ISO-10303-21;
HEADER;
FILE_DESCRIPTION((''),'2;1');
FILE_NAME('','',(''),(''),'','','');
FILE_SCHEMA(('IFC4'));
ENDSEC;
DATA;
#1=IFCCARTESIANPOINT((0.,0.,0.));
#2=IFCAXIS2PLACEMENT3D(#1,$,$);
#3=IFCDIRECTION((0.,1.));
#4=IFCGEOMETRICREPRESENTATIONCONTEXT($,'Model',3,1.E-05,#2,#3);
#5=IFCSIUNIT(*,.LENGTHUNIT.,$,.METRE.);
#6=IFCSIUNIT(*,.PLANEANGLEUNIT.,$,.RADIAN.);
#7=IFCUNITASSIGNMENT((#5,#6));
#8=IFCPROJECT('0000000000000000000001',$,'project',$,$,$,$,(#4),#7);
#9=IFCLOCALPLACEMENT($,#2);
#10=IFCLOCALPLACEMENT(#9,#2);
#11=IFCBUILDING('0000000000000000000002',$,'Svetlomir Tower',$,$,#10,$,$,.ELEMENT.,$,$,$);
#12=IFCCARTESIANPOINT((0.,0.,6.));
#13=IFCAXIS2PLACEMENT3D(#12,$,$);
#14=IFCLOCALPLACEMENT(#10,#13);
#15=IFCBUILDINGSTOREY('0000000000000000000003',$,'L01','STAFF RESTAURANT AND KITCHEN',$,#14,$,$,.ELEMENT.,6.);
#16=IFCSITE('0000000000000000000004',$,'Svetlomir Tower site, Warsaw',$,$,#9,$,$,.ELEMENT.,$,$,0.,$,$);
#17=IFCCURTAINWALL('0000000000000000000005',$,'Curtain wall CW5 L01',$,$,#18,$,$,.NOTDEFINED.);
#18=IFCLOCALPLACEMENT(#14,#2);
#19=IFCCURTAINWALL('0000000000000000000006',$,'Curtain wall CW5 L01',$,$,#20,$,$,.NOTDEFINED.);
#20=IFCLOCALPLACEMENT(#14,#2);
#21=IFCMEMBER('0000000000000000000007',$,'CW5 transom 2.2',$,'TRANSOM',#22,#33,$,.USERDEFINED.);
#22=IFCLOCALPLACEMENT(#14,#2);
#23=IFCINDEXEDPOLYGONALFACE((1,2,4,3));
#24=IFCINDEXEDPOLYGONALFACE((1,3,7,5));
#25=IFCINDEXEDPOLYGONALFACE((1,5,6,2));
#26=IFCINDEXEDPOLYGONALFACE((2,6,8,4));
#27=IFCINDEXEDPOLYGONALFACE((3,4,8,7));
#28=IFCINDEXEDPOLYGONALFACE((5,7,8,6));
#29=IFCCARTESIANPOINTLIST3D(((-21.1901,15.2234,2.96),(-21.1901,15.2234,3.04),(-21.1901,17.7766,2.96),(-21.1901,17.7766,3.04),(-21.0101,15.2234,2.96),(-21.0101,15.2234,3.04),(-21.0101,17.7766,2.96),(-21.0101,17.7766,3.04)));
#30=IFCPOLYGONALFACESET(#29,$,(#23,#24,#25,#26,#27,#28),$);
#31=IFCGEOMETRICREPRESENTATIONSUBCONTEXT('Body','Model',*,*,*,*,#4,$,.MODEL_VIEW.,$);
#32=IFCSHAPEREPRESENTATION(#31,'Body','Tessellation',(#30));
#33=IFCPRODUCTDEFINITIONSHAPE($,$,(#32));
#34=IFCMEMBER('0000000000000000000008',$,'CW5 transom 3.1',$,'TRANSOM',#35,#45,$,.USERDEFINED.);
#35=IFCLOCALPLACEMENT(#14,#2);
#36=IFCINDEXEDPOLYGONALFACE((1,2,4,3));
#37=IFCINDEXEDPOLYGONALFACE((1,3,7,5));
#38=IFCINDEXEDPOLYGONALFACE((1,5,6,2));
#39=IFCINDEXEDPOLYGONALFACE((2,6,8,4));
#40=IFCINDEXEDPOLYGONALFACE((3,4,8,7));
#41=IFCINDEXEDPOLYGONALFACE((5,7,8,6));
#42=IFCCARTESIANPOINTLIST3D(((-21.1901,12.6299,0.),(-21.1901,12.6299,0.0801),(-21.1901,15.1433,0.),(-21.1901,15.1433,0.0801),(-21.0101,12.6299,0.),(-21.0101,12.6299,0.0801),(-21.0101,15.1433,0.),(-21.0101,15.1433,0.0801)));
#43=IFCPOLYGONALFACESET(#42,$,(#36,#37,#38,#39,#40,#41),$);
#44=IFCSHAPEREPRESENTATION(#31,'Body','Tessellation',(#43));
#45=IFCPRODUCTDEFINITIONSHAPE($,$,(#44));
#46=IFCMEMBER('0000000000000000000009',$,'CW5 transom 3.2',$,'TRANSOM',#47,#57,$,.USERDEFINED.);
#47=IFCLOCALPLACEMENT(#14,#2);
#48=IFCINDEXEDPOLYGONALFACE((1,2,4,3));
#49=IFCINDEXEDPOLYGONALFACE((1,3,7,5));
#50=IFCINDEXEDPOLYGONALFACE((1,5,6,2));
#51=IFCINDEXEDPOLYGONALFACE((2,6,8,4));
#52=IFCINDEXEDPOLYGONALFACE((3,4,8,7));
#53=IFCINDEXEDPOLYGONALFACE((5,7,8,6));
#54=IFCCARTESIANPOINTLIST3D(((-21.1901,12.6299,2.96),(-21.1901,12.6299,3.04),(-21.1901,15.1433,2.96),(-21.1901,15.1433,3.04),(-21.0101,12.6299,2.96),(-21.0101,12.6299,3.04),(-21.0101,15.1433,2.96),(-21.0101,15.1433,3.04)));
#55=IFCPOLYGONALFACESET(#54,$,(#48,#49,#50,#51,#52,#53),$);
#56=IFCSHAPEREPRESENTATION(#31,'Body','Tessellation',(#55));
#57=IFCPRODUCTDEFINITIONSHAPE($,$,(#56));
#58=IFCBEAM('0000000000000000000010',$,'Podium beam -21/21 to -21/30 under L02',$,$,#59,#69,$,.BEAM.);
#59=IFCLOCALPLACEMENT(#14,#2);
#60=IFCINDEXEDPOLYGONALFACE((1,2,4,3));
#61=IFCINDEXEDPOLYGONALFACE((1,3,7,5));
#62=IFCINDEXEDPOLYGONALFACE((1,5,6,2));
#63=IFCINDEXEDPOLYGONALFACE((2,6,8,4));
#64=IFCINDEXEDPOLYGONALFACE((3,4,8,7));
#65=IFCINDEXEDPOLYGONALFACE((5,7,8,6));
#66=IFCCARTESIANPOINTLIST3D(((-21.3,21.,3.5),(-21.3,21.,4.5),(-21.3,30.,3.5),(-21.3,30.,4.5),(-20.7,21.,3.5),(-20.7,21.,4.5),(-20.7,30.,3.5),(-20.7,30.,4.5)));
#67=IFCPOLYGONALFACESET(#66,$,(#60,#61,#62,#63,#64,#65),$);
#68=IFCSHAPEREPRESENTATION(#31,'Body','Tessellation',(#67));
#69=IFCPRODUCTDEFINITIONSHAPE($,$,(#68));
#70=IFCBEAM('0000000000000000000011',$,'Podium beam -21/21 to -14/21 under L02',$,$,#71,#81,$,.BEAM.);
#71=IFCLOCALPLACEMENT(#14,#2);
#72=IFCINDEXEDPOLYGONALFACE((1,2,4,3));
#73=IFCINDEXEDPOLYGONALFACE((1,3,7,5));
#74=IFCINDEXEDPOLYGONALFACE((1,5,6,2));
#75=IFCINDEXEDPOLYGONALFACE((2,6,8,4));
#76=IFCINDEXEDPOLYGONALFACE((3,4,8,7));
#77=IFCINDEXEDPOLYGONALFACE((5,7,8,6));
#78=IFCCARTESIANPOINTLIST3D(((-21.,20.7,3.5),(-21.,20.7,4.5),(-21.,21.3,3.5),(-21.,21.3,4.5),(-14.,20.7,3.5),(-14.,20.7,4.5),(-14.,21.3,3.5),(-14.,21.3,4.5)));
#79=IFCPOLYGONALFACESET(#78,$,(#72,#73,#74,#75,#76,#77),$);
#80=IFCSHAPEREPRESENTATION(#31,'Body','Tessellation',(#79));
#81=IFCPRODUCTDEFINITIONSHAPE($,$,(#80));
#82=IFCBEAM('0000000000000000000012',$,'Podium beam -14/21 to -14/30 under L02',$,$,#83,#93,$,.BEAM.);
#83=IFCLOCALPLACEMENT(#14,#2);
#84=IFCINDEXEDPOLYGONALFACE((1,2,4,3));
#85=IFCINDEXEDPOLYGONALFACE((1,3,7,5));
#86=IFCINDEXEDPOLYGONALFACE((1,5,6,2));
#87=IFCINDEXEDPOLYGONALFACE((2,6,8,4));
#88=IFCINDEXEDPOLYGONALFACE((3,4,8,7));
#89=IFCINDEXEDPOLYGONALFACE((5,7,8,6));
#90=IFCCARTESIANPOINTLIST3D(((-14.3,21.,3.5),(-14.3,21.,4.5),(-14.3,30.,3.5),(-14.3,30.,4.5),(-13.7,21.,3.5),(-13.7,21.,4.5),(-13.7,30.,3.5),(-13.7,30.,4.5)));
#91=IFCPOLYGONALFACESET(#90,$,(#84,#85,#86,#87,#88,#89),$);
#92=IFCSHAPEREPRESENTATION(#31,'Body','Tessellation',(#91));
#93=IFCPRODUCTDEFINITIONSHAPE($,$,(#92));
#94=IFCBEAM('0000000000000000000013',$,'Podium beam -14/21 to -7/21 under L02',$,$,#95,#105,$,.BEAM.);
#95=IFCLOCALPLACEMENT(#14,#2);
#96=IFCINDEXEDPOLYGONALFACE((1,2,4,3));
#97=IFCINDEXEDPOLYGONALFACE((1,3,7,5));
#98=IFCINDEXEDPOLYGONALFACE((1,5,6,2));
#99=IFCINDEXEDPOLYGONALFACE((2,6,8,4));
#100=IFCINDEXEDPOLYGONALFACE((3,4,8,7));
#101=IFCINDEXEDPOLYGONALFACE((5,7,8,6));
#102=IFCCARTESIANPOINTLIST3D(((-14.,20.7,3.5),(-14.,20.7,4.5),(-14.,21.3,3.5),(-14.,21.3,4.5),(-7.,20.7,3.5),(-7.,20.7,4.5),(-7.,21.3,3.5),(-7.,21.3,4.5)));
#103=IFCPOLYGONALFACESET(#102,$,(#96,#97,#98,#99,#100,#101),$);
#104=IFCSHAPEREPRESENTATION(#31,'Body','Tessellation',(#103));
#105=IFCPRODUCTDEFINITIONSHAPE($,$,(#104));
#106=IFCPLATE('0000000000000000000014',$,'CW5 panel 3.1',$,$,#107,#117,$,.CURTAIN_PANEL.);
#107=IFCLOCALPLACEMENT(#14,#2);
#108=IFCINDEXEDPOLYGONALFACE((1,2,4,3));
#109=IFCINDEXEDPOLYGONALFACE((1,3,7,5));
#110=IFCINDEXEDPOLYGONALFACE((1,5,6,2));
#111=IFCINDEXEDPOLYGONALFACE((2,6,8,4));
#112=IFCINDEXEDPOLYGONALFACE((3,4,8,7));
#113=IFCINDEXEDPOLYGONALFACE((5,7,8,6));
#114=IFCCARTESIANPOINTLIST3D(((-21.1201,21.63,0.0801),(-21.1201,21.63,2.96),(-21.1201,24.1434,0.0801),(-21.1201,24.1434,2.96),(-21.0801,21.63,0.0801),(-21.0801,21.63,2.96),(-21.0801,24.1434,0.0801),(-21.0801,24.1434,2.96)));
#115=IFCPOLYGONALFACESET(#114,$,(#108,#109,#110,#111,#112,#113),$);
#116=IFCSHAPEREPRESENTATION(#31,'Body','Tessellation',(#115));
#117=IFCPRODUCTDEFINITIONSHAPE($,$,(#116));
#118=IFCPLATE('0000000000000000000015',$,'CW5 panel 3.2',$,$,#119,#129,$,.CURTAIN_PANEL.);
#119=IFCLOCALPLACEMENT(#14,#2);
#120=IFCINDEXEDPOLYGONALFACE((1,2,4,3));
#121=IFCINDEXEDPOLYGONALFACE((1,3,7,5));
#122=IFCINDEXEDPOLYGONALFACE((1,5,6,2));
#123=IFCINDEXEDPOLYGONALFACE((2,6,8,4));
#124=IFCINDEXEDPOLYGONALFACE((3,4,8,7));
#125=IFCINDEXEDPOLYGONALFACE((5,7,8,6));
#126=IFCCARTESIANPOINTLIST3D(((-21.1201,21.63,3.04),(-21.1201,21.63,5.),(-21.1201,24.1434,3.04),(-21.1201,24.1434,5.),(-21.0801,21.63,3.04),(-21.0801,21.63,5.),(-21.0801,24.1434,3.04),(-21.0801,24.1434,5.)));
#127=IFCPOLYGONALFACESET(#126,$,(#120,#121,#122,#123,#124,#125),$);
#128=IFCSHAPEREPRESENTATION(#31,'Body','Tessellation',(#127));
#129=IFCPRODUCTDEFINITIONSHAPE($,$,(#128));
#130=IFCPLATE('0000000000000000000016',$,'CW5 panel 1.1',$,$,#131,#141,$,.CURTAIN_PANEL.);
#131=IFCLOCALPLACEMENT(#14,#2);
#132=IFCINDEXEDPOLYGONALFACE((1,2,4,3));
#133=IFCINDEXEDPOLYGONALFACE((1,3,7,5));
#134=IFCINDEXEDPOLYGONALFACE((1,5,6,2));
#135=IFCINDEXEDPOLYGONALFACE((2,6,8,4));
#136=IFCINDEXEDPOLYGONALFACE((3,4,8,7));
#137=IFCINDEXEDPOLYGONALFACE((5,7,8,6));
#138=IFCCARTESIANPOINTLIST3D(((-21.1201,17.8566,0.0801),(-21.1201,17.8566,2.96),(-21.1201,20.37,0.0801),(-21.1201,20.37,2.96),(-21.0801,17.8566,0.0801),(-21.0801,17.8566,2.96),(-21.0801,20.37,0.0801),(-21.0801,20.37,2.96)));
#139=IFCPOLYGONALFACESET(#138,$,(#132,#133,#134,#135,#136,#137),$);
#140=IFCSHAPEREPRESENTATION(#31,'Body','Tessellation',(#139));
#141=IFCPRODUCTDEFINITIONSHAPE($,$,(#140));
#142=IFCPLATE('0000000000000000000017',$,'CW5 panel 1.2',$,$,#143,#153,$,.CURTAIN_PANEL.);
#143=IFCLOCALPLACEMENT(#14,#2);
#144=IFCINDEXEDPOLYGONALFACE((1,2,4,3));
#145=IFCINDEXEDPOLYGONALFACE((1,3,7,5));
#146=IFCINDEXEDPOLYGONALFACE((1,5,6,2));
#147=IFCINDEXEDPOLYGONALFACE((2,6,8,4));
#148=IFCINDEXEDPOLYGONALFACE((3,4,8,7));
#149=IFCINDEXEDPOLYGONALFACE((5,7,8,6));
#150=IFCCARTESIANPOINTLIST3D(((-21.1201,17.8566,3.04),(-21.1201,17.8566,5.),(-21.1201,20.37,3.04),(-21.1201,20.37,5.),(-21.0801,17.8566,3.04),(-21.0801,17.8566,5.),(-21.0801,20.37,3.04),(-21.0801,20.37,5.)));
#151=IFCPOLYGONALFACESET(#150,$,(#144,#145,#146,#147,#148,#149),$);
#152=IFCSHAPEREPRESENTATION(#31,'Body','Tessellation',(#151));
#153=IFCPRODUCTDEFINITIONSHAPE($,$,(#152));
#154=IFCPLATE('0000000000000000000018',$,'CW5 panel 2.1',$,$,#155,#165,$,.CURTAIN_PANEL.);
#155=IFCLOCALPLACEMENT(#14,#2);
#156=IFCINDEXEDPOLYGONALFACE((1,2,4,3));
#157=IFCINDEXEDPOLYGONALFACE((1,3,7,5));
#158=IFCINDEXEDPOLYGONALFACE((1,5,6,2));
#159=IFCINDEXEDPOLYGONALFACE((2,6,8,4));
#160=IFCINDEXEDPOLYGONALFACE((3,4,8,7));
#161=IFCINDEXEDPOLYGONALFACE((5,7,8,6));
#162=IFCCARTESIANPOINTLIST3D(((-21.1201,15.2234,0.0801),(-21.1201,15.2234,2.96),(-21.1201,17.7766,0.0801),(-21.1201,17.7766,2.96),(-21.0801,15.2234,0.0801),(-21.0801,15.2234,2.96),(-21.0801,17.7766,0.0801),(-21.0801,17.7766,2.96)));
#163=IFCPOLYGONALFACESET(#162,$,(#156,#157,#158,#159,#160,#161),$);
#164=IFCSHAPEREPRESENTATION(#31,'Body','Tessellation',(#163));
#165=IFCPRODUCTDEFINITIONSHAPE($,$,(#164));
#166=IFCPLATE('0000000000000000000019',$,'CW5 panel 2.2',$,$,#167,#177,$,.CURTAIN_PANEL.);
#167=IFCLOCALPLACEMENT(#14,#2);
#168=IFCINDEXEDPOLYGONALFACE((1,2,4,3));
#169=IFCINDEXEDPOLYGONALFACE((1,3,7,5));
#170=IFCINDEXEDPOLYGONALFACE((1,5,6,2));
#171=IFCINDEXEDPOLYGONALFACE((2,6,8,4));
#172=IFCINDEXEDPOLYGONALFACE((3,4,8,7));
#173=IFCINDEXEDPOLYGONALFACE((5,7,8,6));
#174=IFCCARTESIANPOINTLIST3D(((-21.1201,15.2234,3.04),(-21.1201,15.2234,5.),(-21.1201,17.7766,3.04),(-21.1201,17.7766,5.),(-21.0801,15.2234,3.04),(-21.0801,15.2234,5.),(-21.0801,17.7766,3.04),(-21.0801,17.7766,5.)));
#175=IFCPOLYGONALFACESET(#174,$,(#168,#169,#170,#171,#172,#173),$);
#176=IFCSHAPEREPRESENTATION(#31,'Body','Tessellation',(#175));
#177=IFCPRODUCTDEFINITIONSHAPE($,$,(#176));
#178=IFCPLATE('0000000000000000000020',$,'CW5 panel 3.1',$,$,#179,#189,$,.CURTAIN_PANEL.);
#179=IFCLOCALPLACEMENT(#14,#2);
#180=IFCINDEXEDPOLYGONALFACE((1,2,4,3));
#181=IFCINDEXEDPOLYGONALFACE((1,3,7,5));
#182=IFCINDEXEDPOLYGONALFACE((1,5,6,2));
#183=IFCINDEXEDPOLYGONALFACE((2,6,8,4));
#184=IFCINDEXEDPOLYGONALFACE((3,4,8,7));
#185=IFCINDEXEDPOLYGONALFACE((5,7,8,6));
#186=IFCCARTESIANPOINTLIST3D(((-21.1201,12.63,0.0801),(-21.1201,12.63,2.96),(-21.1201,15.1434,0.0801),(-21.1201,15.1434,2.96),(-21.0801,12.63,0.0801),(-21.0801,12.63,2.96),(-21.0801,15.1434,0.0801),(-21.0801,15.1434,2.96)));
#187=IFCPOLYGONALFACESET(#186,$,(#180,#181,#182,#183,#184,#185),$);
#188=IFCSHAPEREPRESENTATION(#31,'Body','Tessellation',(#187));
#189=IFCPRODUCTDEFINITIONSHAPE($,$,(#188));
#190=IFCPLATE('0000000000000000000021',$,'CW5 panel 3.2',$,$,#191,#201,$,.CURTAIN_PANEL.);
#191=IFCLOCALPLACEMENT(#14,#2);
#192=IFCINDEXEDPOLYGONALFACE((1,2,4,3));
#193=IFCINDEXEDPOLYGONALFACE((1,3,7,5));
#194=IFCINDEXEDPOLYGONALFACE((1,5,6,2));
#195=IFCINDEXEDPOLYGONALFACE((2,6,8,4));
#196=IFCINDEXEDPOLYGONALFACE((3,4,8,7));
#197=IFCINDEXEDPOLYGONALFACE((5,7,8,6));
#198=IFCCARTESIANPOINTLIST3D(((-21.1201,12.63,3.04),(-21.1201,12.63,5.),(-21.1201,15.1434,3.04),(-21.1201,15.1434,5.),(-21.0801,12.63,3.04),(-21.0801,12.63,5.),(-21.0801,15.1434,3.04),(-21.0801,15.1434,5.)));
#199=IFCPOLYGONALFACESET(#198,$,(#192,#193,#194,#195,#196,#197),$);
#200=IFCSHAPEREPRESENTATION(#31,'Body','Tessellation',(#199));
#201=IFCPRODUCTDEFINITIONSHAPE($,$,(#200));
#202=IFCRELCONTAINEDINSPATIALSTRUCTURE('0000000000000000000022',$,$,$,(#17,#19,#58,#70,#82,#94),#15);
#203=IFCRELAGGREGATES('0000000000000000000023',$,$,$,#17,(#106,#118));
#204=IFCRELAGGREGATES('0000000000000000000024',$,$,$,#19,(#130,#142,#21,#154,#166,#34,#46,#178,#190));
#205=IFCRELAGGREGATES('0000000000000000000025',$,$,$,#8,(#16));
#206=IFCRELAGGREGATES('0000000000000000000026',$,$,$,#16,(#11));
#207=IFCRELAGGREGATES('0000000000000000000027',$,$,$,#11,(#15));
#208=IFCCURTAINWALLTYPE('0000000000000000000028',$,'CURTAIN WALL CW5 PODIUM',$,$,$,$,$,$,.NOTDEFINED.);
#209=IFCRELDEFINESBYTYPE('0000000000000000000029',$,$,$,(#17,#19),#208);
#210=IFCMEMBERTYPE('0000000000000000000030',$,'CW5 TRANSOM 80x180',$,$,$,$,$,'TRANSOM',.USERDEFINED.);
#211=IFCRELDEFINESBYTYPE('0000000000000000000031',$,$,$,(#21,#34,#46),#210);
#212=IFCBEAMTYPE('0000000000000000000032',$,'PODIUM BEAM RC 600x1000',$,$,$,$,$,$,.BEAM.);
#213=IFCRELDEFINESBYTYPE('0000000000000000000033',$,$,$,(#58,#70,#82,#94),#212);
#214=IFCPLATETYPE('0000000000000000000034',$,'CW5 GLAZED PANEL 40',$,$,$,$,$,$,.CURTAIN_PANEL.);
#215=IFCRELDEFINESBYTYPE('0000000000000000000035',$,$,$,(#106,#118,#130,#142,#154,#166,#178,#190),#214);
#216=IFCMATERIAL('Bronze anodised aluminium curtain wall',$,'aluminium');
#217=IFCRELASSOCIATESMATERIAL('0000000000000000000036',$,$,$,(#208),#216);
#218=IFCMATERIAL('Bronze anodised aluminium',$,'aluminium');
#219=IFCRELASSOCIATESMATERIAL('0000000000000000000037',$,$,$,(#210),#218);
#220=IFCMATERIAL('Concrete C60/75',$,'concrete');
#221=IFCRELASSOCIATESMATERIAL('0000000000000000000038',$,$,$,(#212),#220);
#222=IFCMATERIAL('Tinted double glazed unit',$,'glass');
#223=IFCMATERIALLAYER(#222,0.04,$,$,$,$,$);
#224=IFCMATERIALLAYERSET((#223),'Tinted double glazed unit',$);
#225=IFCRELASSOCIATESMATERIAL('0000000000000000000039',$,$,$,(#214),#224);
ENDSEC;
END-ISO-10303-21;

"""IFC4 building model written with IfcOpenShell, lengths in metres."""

from ifc_helpers import new_model, si_unit, direction, frame, origin, origin_2d, place, context, subcontext, project, spatial, rectangle, extrude, material, layer, layer_set, material_profile, profile_set, type_object, element, aggregate, save


model = new_model("IFC4")

# Units and contexts
model_context = context("Model", 3, precision=1e-05, world=origin(), true_north=direction((0.0, 1.0)))
body_context = subcontext(model_context, "Body", "Model", "MODEL_VIEW")
ifc_project = project(units=[si_unit("LENGTHUNIT", "METRE"), si_unit("PLANEANGLEUNIT", "RADIAN")], contexts=[model_context])

# Site, building, storey
site_placement = place(None, origin())
site = spatial("IfcSite", under=ifc_project, at=site_placement, Name="Svetlomir Tower site, Warsaw", CompositionType="ELEMENT", RefElevation=0.0)
building_placement = place(site_placement, origin())
building = spatial("IfcBuilding", under=site, at=building_placement, Name="Svetlomir Tower", CompositionType="ELEMENT")
storey_placement = place(building_placement, frame((0.0, 0.0, 6.0)))
storey = spatial("IfcBuildingStorey", under=building, at=storey_placement, Name="L01", Description="STAFF RESTAURANT AND KITCHEN", CompositionType="ELEMENT", Elevation=6.0)

# Curtain wall
ifc_material_1 = material(Name="Bronze anodised aluminium curtain wall", Category="aluminium")
curtain_wall_type = type_object("IfcCurtainWallType", Name="CURTAIN WALL CW5 PODIUM", PredefinedType="NOTDEFINED", material=ifc_material_1)
curtain_wall_1_placement = place(storey_placement, origin())
curtain_wall_1 = element("IfcCurtainWall", 1, at=curtain_wall_1_placement, inside=storey, type_object=curtain_wall_type, Name="Curtain wall CW5 L01", PredefinedType="NOTDEFINED")

# Curtain wall, members
curtain_wall_2_placement = place(storey_placement, origin())
curtain_wall_2 = element("IfcCurtainWall", 2, at=curtain_wall_2_placement, inside=storey, type_object=curtain_wall_type, Name="Curtain wall CW5 L01", PredefinedType="NOTDEFINED")
ifc_material_2 = material(Name="Bronze anodised aluminium", Category="aluminium")
ifc_material_profile_1 = material_profile(ifc_material_2, rectangle(XDim=0.1799, YDim=0.0801, at=origin_2d()), Name="AL 180x80")
ifc_profile_set_1 = profile_set([ifc_material_profile_1], Name="Bronze anodised aluminium 6063-T6")
member_type_1 = type_object("IfcMemberType", Name="CW5 TRANSOM 80x180", ElementType="TRANSOM", PredefinedType="USERDEFINED", material=ifc_profile_set_1)
member_1_placement = place(storey_placement, frame((-21.1001, 17.7766, 3.0), z_axis=(0.0, -1.0, 0.0), x_axis=(1.0, 0.0, 0.0)))
member_1 = element("IfcMember", 3, at=member_1_placement, type_object=member_type_1, Name="CW5 transom 2.2", ObjectType="TRANSOM", PredefinedType="USERDEFINED", context=body_context, shape_type="SweptSolid", body=[
    extrude(rectangle(XDim=0.1799, YDim=0.0801, at=origin_2d()), origin(), (0.0, 0.0, 1.0), 2.5532),
])
member_2_placement = place(storey_placement, frame((-21.1001, 15.1433, 0.04), z_axis=(0.0, -1.0, 0.0), x_axis=(1.0, 0.0, 0.0)))
member_2 = element("IfcMember", 4, at=member_2_placement, type_object=member_type_1, Name="CW5 transom 3.1", ObjectType="TRANSOM", PredefinedType="USERDEFINED", context=body_context, shape_type="SweptSolid", body=[
    extrude(rectangle(XDim=0.1799, YDim=0.0801, at=origin_2d()), origin(), (0.0, 0.0, 1.0), 2.5134),
])
member_3_placement = place(storey_placement, frame((-21.1001, 15.1433, 3.0), z_axis=(0.0, -1.0, 0.0), x_axis=(1.0, 0.0, 0.0)))
member_3 = element("IfcMember", 5, at=member_3_placement, type_object=member_type_1, Name="CW5 transom 3.2", ObjectType="TRANSOM", PredefinedType="USERDEFINED", context=body_context, shape_type="SweptSolid", body=[
    extrude(rectangle(XDim=0.1799, YDim=0.0801, at=origin_2d()), origin(), (0.0, 0.0, 1.0), 2.5134),
])

# Beams
ifc_material_3 = material(Name="Concrete C60/75", Category="concrete")
ifc_material_profile_2 = material_profile(ifc_material_3, rectangle(XDim=0.6001, YDim=1.0, at=origin_2d()), Name="RC 600x1000")
ifc_profile_set_2 = profile_set([ifc_material_profile_2], Name="Concrete C60/75")
beam_type = type_object("IfcBeamType", Name="PODIUM BEAM RC 600x1000", PredefinedType="BEAM", material=ifc_profile_set_2)
beam_1_placement = place(storey_placement, frame((-21.0, 21.0, 4.0), z_axis=(0.0, 1.0, 0.0), x_axis=(-1.0, 0.0, 0.0)))
element("IfcBeam", 6, at=beam_1_placement, inside=storey, type_object=beam_type, Name="Podium beam -21/21 to -21/30 under L02", PredefinedType="BEAM", context=body_context, shape_type="SweptSolid", body=[
    extrude(rectangle(XDim=0.6001, YDim=1.0, at=origin_2d()), origin(), (0.0, 0.0, 1.0), 9.0),
])
beam_2_placement = place(storey_placement, frame((-21.0, 21.0, 4.0), z_axis=(1.0, 0.0, 0.0), x_axis=(0.0, 1.0, 0.0)))
element("IfcBeam", 7, at=beam_2_placement, inside=storey, type_object=beam_type, Name="Podium beam -21/21 to -14/21 under L02", PredefinedType="BEAM", context=body_context, shape_type="SweptSolid", body=[
    extrude(rectangle(XDim=0.6001, YDim=1.0, at=origin_2d()), origin(), (0.0, 0.0, 1.0), 7.0),
])
beam_3_placement = place(storey_placement, frame((-14.0, 21.0, 4.0), z_axis=(0.0, 1.0, 0.0), x_axis=(-1.0, 0.0, 0.0)))
element("IfcBeam", 8, at=beam_3_placement, inside=storey, type_object=beam_type, Name="Podium beam -14/21 to -14/30 under L02", PredefinedType="BEAM", context=body_context, shape_type="SweptSolid", body=[
    extrude(rectangle(XDim=0.6001, YDim=1.0, at=origin_2d()), origin(), (0.0, 0.0, 1.0), 9.0),
])
beam_4_placement = place(storey_placement, frame((-14.0, 21.0, 4.0), z_axis=(1.0, 0.0, 0.0), x_axis=(0.0, 1.0, 0.0)))
element("IfcBeam", 9, at=beam_4_placement, inside=storey, type_object=beam_type, Name="Podium beam -14/21 to -7/21 under L02", PredefinedType="BEAM", context=body_context, shape_type="SweptSolid", body=[
    extrude(rectangle(XDim=0.6001, YDim=1.0, at=origin_2d()), origin(), (0.0, 0.0, 1.0), 7.0),
])

# Plates
ifc_material_4 = material(Name="Tinted double glazed unit", Category="glass")
ifc_layer = layer(ifc_material_4, 0.04)
ifc_layer_set = layer_set([ifc_layer], Name="Tinted double glazed unit")
plate_type = type_object("IfcPlateType", Name="CW5 GLAZED PANEL 40", PredefinedType="CURTAIN_PANEL", material=ifc_layer_set)
plate_1_placement = place(storey_placement, frame((-21.1001, 22.8867, 0.0801), z_axis=(0.0, 0.0, 1.0), x_axis=(0.0, -1.0, 0.0)))
plate_1 = element("IfcPlate", 10, at=plate_1_placement, type_object=plate_type, Name="CW5 panel 3.1", PredefinedType="CURTAIN_PANEL", context=body_context, shape_type="SweptSolid", body=[
    extrude(rectangle(XDim=2.5134, YDim=0.04, at=origin_2d()), origin(), (0.0, 0.0, 1.0), 2.8799),
])
plate_2_placement = place(storey_placement, frame((-21.1001, 22.8867, 3.04), z_axis=(0.0, 0.0, 1.0), x_axis=(0.0, -1.0, 0.0)))
plate_2 = element("IfcPlate", 11, at=plate_2_placement, type_object=plate_type, Name="CW5 panel 3.2", PredefinedType="CURTAIN_PANEL", context=body_context, shape_type="SweptSolid", body=[
    extrude(rectangle(XDim=2.5134, YDim=0.04, at=origin_2d()), origin(), (0.0, 0.0, 1.0), 1.96),
])
aggregate(curtain_wall_1, [plate_1, plate_2])
plate_3_placement = place(storey_placement, frame((-21.1001, 19.1133, 0.0801), z_axis=(0.0, 0.0, 1.0), x_axis=(0.0, -1.0, 0.0)))
plate_3 = element("IfcPlate", 12, at=plate_3_placement, type_object=plate_type, Name="CW5 panel 1.1", PredefinedType="CURTAIN_PANEL", context=body_context, shape_type="SweptSolid", body=[
    extrude(rectangle(XDim=2.5134, YDim=0.04, at=origin_2d()), origin(), (0.0, 0.0, 1.0), 2.8799),
])
plate_4_placement = place(storey_placement, frame((-21.1001, 19.1133, 3.04), z_axis=(0.0, 0.0, 1.0), x_axis=(0.0, -1.0, 0.0)))
plate_4 = element("IfcPlate", 13, at=plate_4_placement, type_object=plate_type, Name="CW5 panel 1.2", PredefinedType="CURTAIN_PANEL", context=body_context, shape_type="SweptSolid", body=[
    extrude(rectangle(XDim=2.5134, YDim=0.04, at=origin_2d()), origin(), (0.0, 0.0, 1.0), 1.96),
])
plate_5_placement = place(storey_placement, frame((-21.1001, 16.5, 0.0801), z_axis=(0.0, 0.0, 1.0), x_axis=(0.0, -1.0, 0.0)))
plate_5 = element("IfcPlate", 14, at=plate_5_placement, type_object=plate_type, Name="CW5 panel 2.1", PredefinedType="CURTAIN_PANEL", context=body_context, shape_type="SweptSolid", body=[
    extrude(rectangle(XDim=2.5532, YDim=0.04, at=origin_2d()), origin(), (0.0, 0.0, 1.0), 2.8799),
])
plate_6_placement = place(storey_placement, frame((-21.1001, 16.5, 3.04), z_axis=(0.0, 0.0, 1.0), x_axis=(0.0, -1.0, 0.0)))
plate_6 = element("IfcPlate", 15, at=plate_6_placement, type_object=plate_type, Name="CW5 panel 2.2", PredefinedType="CURTAIN_PANEL", context=body_context, shape_type="SweptSolid", body=[
    extrude(rectangle(XDim=2.5532, YDim=0.04, at=origin_2d()), origin(), (0.0, 0.0, 1.0), 1.96),
])
plate_7_placement = place(storey_placement, frame((-21.1001, 13.8867, 0.0801), z_axis=(0.0, 0.0, 1.0), x_axis=(0.0, -1.0, 0.0)))
plate_7 = element("IfcPlate", 16, at=plate_7_placement, type_object=plate_type, Name="CW5 panel 3.1", PredefinedType="CURTAIN_PANEL", context=body_context, shape_type="SweptSolid", body=[
    extrude(rectangle(XDim=2.5134, YDim=0.04, at=origin_2d()), origin(), (0.0, 0.0, 1.0), 2.8799),
])
plate_8_placement = place(storey_placement, frame((-21.1001, 13.8867, 3.04), z_axis=(0.0, 0.0, 1.0), x_axis=(0.0, -1.0, 0.0)))
plate_8 = element("IfcPlate", 17, at=plate_8_placement, type_object=plate_type, Name="CW5 panel 3.2", PredefinedType="CURTAIN_PANEL", context=body_context, shape_type="SweptSolid", body=[
    extrude(rectangle(XDim=2.5134, YDim=0.04, at=origin_2d()), origin(), (0.0, 0.0, 1.0), 1.96),
])
aggregate(curtain_wall_2, [plate_3, plate_4, member_1, plate_5, plate_6, member_2, member_3, plate_7, plate_8])

save(model, "model.ifc")
